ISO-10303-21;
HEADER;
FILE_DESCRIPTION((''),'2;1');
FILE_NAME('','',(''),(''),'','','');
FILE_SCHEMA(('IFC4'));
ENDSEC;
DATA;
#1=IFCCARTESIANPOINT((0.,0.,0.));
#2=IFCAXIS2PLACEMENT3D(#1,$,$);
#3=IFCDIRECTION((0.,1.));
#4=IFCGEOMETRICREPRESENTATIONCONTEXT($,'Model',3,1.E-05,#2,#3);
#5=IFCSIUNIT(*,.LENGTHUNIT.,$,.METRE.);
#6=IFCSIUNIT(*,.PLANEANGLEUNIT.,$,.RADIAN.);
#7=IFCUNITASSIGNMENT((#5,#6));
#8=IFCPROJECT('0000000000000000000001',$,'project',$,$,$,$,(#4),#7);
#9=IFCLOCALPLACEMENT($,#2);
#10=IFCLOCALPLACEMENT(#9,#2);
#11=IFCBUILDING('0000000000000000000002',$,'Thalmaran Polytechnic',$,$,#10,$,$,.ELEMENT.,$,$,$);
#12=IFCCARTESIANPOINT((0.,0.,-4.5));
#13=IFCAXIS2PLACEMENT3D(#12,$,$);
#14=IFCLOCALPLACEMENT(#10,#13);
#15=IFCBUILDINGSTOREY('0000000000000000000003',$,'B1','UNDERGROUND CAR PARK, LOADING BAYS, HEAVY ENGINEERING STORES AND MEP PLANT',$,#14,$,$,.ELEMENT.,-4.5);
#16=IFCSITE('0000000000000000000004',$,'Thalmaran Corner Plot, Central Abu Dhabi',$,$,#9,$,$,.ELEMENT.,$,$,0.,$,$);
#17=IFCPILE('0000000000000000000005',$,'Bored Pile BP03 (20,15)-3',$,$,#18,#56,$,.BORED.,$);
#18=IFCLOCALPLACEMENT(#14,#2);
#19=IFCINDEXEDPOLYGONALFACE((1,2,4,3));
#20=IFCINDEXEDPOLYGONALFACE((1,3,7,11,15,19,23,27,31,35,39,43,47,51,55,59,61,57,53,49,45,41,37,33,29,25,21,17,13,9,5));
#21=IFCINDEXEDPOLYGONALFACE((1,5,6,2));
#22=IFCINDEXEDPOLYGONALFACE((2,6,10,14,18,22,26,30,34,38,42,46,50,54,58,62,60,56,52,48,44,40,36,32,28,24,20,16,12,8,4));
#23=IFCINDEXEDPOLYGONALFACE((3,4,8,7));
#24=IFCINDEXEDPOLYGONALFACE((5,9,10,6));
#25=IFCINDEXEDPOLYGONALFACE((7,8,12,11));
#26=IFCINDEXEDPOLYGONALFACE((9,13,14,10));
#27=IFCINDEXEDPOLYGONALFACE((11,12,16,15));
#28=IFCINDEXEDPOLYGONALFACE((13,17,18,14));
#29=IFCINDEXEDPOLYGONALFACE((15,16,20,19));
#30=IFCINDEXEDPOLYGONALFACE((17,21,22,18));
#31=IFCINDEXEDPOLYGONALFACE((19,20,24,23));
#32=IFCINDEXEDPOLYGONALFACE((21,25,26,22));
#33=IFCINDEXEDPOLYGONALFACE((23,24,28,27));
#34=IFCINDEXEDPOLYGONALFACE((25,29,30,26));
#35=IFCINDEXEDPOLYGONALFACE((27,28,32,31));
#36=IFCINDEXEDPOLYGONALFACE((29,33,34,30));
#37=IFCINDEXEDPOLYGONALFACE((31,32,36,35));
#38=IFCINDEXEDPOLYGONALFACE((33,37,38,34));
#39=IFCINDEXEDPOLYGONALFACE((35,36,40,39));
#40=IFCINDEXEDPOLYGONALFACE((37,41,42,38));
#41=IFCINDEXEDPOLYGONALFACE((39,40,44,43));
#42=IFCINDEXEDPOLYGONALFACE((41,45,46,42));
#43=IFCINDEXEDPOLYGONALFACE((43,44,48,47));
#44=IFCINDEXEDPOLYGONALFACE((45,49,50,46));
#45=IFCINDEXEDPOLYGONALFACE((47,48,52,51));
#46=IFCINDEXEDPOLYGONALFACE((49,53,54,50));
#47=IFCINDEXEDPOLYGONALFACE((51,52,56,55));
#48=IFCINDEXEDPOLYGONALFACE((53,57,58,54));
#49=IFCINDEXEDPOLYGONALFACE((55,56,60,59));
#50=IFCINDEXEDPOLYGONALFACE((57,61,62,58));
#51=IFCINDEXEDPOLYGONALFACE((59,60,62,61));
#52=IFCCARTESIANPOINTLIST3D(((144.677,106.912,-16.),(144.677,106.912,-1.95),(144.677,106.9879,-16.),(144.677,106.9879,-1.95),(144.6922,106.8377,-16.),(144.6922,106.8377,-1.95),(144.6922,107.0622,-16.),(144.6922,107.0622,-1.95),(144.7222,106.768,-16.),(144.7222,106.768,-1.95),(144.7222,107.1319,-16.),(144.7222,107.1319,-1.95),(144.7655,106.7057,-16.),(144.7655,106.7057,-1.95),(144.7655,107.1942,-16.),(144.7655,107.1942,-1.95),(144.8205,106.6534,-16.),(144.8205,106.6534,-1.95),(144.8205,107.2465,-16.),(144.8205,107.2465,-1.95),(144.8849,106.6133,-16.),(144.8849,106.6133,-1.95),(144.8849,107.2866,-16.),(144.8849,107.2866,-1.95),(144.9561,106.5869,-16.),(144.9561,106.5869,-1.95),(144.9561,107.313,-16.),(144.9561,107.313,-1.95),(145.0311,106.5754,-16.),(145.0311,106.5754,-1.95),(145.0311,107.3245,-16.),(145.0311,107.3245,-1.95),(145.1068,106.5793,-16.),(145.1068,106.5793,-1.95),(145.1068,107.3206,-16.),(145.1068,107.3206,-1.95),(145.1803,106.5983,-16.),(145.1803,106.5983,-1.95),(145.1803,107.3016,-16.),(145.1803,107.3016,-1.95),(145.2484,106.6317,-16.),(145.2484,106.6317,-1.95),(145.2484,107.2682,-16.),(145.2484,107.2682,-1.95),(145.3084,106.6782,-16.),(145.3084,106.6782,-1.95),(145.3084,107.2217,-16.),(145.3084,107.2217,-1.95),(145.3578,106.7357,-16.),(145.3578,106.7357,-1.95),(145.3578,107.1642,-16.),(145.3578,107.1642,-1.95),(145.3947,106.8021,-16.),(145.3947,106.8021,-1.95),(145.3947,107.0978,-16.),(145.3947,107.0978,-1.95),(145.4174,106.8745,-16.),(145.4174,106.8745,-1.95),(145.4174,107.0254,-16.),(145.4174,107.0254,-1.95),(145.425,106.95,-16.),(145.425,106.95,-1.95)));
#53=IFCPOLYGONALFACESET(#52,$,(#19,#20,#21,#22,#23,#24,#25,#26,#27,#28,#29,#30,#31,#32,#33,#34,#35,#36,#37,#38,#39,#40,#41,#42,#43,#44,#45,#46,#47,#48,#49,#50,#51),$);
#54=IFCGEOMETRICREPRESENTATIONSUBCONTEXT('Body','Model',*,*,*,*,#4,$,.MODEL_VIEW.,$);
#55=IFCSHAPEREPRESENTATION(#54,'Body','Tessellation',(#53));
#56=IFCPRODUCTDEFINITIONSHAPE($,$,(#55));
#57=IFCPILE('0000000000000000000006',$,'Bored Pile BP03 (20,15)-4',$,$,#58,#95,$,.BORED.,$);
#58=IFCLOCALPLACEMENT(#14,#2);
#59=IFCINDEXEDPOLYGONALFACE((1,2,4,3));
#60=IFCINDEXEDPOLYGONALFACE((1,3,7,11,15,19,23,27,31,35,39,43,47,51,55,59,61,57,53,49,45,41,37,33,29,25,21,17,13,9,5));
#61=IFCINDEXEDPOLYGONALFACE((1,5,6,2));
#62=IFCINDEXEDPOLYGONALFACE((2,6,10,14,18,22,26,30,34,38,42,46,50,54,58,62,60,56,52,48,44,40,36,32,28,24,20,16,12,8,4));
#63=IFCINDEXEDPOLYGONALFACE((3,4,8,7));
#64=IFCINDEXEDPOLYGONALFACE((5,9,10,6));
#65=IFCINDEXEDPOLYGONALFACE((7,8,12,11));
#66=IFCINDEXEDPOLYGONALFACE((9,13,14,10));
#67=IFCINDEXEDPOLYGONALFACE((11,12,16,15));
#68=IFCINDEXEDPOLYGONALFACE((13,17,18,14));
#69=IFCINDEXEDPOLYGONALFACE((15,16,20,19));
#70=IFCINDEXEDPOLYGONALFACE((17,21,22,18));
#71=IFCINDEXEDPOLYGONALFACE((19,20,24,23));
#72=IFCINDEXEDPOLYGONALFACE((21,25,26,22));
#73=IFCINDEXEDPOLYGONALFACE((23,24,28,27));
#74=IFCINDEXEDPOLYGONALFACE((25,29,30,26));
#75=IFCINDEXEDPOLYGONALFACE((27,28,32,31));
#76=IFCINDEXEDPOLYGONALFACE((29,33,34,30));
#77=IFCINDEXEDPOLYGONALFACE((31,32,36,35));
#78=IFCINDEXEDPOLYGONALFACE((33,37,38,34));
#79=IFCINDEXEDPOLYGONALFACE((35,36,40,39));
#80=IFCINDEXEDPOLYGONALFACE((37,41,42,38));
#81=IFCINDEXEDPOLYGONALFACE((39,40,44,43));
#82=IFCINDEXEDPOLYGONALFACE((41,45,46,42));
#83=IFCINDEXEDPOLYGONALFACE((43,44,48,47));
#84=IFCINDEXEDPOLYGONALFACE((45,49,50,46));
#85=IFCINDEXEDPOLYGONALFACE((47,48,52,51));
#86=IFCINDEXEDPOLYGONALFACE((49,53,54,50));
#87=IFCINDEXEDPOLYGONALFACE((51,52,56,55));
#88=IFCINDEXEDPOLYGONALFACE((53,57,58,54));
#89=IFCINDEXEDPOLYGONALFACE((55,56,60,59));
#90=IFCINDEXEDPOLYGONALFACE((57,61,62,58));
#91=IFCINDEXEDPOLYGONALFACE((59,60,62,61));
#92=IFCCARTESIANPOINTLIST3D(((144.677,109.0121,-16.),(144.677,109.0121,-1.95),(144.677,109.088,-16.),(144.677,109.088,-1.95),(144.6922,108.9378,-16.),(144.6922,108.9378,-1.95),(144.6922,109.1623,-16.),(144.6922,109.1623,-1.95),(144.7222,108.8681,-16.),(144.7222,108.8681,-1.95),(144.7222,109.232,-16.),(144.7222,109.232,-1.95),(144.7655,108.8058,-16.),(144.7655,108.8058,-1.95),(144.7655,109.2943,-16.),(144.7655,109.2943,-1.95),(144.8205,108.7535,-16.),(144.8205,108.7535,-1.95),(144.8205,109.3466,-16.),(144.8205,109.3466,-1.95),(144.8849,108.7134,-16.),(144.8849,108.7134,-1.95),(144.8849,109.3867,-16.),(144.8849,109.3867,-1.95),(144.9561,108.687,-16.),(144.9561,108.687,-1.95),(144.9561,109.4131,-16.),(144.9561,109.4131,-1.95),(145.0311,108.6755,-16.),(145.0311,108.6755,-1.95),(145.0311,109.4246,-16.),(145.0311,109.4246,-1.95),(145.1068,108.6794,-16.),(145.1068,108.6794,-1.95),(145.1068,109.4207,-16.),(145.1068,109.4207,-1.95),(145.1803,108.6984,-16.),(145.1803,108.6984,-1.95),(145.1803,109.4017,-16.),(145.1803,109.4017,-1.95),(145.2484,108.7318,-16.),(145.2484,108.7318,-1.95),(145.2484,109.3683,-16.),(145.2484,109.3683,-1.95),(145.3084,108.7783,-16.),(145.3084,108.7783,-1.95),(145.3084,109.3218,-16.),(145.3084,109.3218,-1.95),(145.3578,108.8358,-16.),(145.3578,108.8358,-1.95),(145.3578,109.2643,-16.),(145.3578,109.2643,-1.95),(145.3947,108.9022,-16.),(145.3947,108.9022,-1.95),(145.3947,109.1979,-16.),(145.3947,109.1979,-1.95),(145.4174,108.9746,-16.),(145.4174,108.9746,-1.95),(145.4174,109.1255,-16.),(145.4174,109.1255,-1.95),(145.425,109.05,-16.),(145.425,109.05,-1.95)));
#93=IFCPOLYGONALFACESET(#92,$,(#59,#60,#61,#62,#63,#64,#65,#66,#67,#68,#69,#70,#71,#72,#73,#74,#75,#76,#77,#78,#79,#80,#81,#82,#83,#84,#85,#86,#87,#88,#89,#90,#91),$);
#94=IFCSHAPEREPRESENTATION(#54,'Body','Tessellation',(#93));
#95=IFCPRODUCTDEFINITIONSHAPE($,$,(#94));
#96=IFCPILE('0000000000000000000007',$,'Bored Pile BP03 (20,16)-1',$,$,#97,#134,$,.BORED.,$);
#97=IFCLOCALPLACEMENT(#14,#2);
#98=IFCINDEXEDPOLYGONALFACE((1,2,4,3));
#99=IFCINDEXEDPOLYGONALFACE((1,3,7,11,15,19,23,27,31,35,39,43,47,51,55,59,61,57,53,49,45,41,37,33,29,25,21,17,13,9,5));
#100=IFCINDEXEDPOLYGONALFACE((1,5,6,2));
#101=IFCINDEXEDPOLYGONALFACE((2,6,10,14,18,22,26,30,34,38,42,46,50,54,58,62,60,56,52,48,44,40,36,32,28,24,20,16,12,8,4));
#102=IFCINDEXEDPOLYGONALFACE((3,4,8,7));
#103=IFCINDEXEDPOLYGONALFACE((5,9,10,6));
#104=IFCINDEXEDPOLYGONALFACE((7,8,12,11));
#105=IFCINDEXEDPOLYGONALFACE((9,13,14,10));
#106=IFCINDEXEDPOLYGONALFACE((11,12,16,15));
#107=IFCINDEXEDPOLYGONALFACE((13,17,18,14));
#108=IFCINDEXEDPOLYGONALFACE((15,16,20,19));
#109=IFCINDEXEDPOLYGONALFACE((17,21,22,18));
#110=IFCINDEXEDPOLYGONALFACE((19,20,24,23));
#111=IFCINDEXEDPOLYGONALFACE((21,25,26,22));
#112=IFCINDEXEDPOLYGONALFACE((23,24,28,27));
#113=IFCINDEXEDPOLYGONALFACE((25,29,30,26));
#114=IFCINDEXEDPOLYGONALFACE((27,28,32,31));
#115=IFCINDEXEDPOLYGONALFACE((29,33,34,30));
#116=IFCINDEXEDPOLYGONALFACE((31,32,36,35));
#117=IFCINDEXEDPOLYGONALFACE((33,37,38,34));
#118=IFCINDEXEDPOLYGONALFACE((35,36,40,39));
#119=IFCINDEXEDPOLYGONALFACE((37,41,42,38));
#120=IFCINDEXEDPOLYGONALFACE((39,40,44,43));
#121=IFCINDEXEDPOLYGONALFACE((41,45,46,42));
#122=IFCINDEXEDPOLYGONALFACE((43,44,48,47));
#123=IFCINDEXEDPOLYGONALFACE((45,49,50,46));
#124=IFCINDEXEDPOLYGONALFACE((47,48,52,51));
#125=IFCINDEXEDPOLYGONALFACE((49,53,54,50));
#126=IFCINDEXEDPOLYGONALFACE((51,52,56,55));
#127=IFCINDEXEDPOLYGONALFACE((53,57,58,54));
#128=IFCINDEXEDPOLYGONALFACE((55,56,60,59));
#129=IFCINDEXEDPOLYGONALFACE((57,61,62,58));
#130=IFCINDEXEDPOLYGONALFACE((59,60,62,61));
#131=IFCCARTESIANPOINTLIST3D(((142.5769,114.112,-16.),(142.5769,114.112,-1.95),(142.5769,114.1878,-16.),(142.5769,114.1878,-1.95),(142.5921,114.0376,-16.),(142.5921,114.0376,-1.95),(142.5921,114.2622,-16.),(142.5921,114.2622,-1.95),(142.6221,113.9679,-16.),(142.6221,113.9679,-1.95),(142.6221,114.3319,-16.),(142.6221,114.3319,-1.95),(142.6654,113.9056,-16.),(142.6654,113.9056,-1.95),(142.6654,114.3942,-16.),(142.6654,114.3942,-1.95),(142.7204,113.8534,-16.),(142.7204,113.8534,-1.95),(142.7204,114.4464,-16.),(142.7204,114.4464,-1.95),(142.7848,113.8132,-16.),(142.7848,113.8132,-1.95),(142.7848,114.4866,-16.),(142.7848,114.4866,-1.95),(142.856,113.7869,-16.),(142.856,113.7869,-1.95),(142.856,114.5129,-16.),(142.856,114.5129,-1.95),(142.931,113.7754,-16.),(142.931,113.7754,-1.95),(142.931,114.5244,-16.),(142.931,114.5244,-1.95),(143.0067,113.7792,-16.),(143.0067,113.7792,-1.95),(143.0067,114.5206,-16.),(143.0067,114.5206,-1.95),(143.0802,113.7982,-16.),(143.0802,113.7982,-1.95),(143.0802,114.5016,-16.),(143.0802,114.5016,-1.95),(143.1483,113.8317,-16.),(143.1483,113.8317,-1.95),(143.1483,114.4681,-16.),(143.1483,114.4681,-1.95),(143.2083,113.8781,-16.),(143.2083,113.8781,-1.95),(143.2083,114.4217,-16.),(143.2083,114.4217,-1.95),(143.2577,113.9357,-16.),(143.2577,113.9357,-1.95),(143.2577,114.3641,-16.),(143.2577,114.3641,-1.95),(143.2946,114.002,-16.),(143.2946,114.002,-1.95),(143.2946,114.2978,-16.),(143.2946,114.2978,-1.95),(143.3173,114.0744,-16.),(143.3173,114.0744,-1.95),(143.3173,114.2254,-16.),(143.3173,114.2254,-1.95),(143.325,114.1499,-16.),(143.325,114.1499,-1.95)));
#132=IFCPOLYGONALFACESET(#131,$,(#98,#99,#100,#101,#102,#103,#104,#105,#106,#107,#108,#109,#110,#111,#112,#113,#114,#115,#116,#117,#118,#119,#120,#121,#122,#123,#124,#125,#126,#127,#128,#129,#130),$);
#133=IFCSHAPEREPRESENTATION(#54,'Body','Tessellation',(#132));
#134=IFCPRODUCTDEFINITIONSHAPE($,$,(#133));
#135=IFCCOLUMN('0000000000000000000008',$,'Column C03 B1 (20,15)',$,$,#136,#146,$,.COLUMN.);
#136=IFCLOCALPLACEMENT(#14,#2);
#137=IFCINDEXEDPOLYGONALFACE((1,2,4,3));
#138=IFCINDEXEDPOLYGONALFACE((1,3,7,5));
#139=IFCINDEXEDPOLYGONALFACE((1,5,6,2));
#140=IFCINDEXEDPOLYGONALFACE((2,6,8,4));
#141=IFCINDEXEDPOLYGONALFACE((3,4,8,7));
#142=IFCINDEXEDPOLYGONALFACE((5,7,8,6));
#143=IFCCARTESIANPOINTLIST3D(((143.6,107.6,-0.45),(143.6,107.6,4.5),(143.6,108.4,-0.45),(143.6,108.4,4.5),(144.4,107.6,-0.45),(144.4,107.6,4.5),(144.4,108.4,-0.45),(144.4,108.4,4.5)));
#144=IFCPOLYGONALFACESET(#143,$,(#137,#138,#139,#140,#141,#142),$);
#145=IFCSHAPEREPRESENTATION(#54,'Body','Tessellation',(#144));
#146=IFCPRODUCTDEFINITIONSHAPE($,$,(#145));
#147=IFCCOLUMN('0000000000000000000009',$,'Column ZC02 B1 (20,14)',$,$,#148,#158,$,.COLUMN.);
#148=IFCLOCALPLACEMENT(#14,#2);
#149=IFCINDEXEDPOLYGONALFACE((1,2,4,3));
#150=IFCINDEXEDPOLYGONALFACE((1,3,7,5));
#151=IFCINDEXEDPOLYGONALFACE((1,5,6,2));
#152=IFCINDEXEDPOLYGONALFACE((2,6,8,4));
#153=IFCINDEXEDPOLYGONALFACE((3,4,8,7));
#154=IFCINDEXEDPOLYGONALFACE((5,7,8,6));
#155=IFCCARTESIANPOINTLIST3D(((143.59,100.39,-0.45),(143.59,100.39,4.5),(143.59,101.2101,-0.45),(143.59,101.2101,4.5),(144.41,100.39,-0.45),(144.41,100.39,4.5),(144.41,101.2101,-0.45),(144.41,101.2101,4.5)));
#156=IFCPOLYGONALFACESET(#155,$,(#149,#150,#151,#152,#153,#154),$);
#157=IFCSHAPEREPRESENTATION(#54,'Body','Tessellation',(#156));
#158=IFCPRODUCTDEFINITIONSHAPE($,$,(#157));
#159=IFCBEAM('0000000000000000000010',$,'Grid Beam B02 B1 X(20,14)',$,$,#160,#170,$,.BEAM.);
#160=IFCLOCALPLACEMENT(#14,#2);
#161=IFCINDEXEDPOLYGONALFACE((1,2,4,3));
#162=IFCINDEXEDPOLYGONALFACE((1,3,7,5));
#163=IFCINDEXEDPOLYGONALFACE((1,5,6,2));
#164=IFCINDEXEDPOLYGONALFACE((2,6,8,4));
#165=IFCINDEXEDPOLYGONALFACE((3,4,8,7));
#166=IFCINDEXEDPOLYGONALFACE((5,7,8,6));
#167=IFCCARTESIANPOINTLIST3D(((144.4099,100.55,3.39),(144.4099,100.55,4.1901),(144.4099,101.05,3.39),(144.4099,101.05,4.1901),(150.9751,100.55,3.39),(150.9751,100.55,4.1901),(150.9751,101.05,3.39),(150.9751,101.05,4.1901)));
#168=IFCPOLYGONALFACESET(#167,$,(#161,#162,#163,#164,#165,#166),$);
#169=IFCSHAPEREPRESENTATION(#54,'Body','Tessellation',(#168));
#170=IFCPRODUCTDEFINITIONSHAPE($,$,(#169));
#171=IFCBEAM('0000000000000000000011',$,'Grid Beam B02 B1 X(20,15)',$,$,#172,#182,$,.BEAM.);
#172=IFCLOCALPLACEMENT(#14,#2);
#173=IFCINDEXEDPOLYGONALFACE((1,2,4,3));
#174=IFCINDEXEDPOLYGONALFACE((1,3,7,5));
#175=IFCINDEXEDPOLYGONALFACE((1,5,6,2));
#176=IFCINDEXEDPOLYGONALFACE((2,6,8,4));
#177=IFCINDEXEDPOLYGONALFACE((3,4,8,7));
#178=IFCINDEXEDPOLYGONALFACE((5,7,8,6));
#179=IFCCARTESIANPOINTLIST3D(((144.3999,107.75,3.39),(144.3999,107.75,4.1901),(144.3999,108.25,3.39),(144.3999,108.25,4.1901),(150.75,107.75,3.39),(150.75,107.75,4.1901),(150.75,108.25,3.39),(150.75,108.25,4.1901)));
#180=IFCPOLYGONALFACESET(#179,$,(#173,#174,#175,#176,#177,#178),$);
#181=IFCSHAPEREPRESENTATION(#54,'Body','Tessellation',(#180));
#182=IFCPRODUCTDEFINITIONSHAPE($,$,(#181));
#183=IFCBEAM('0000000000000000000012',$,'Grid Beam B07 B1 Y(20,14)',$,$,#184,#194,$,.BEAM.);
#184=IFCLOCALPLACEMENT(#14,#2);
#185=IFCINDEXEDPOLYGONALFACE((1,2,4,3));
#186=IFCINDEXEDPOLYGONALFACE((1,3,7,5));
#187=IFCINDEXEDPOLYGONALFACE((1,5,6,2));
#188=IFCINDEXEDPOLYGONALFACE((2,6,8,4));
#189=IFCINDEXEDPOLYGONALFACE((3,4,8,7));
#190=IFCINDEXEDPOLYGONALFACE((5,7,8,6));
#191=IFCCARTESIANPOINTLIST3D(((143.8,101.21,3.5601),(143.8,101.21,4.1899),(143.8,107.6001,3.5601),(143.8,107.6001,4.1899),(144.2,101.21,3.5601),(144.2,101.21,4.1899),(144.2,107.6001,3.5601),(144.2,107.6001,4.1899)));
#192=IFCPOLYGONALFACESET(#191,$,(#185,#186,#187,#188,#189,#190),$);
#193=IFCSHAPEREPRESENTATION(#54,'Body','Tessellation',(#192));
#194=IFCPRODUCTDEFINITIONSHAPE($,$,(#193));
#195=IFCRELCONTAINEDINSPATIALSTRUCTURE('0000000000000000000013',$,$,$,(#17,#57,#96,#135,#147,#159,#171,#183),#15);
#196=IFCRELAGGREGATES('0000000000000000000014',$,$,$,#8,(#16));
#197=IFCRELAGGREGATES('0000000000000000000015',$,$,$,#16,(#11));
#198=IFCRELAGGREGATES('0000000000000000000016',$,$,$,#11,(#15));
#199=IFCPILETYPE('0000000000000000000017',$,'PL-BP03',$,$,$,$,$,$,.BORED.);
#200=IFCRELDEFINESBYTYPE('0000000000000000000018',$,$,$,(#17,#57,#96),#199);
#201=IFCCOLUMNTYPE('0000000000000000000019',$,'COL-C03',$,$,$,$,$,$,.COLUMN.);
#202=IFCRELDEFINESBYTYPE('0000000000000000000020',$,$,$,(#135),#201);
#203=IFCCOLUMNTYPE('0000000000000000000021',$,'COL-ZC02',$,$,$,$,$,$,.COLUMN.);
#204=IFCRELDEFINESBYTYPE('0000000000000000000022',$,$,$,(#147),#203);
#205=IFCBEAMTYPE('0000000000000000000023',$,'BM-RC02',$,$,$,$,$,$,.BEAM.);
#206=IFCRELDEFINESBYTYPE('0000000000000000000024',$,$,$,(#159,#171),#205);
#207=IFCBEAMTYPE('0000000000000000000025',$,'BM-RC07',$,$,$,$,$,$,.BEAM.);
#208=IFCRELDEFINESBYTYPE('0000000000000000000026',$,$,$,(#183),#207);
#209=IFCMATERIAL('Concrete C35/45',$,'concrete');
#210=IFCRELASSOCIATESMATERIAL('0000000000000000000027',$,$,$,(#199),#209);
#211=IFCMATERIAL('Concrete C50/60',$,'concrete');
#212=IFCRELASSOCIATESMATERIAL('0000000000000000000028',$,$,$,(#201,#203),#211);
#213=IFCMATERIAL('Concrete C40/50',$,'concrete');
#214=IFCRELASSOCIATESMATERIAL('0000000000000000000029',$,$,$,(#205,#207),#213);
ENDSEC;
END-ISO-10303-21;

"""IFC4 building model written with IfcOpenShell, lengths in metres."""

from ifc_helpers import new_model, si_unit, direction, frame, origin, origin_2d, place, context, subcontext, project, spatial, rectangle, circle, extrude, material, material_profile, profile_set, type_object, element, save


model = new_model("IFC4")

# Units and contexts
model_context = context("Model", 3, precision=1e-05, world=origin(), true_north=direction((0.0, 1.0)))
body_context = subcontext(model_context, "Body", "Model", "MODEL_VIEW")
ifc_project = project(units=[si_unit("LENGTHUNIT", "METRE"), si_unit("PLANEANGLEUNIT", "RADIAN")], contexts=[model_context])

# Site, building, storey
site_placement = place(None, origin())
site = spatial("IfcSite", under=ifc_project, at=site_placement, Name="Thalmaran Corner Plot, Central Abu Dhabi", CompositionType="ELEMENT", RefElevation=0.0)
building_placement = place(site_placement, origin())
building = spatial("IfcBuilding", under=site, at=building_placement, Name="Thalmaran Polytechnic", CompositionType="ELEMENT")
storey_placement = place(building_placement, frame((0.0, 0.0, -4.5)))
storey = spatial("IfcBuildingStorey", under=building, at=storey_placement, Name="B1", Description="UNDERGROUND CAR PARK, LOADING BAYS, HEAVY ENGINEERING STORES AND MEP PLANT", CompositionType="ELEMENT", Elevation=-4.5)

# Shared definitions
ifc_material_1 = material(Name="Concrete C40/50", Category="concrete")

# Piles
ifc_material_2 = material(Name="Concrete C35/45", Category="concrete")
ifc_material_profile_1 = material_profile(ifc_material_2, circle(Radius=0.375, at=origin_2d()), Name="RC 750 DIA")
ifc_profile_set_1 = profile_set([ifc_material_profile_1], Name="Concrete C35/45")
pile_type = type_object("IfcPileType", Name="PL-BP03", PredefinedType="BORED", material=ifc_profile_set_1)
for number, where, z_axis, x_axis, name in (
    (1, (145.05, 106.95, -1.95), (0.0, 0.0, -1.0), (1.0, 0.0, 0.0), "Bored Pile BP03 (20,15)-3"),
    (2, (145.05, 109.05, -1.95), (0.0, 0.0, -1.0), (1.0, 0.0, 0.0), "Bored Pile BP03 (20,15)-4"),
    (3, (142.95, 114.1499, -1.95), (0.0, 0.0, -1.0), (1.0, 0.0, 0.0), "Bored Pile BP03 (20,16)-1"),
):
    element("IfcPile", number, at=place(storey_placement, frame(where, z_axis=z_axis, x_axis=x_axis)), inside=storey, type_object=pile_type, Name=name, PredefinedType="BORED", context=body_context, shape_type="SweptSolid", body=[
        extrude(circle(Radius=0.375, at=origin_2d()), origin(), (0.0, 0.0, 1.0), 14.05),
    ])

# Columns
ifc_material_3 = material(Name="Concrete C50/60", Category="concrete")
ifc_material_profile_2 = material_profile(ifc_material_3, rectangle(XDim=0.8, YDim=0.8, at=origin_2d()), Name="RC 800x800")
ifc_profile_set_2 = profile_set([ifc_material_profile_2], Name="Concrete C50/60")
column_type_1 = type_object("IfcColumnType", Name="COL-C03", PredefinedType="COLUMN", material=ifc_profile_set_2)
column_1_placement = place(storey_placement, frame((144.0, 108.0, -0.45), z_axis=(0.0, 0.0, 1.0), x_axis=(1.0, 0.0, 0.0)))
element("IfcColumn", 4, at=column_1_placement, inside=storey, type_object=column_type_1, Name="Column C03 B1 (20,15)", PredefinedType="COLUMN", context=body_context, shape_type="SweptSolid", body=[
    extrude(rectangle(XDim=0.8, YDim=0.8, at=origin_2d()), origin(), (0.0, 0.0, 1.0), 4.95),
])
ifc_material_profile_3 = material_profile(ifc_material_3, rectangle(XDim=0.8201, YDim=0.8201, at=origin_2d()), Name="RC 820x820")
ifc_profile_set_3 = profile_set([ifc_material_profile_3], Name="Concrete C50/60")
column_type_2 = type_object("IfcColumnType", Name="COL-ZC02", PredefinedType="COLUMN", material=ifc_profile_set_3)
column_2_placement = place(storey_placement, frame((144.0, 100.8, -0.45), z_axis=(0.0, 0.0, 1.0), x_axis=(1.0, 0.0, 0.0)))
element("IfcColumn", 5, at=column_2_placement, inside=storey, type_object=column_type_2, Name="Column ZC02 B1 (20,14)", PredefinedType="COLUMN", context=body_context, shape_type="SweptSolid", body=[
    extrude(rectangle(XDim=0.8201, YDim=0.8201, at=origin_2d()), origin(), (0.0, 0.0, 1.0), 4.95),
])

# Beams
ifc_material_profile_4 = material_profile(ifc_material_1, rectangle(XDim=0.5, YDim=0.8, at=origin_2d()), Name="RC 500x800")
ifc_profile_set_4 = profile_set([ifc_material_profile_4], Name="Concrete C40/50")
beam_type_1 = type_object("IfcBeamType", Name="BM-RC02", PredefinedType="BEAM", material=ifc_profile_set_4)
beam_1_placement = place(storey_placement, frame((144.4099, 100.8, 3.79), z_axis=(1.0, 0.0, 0.0), x_axis=(0.0, 1.0, 0.0)))
element("IfcBeam", 6, at=beam_1_placement, inside=storey, type_object=beam_type_1, Name="Grid Beam B02 B1 X(20,14)", PredefinedType="BEAM", context=body_context, shape_type="SweptSolid", body=[
    extrude(rectangle(XDim=0.5, YDim=0.8, at=origin_2d()), origin(), (0.0, 0.0, 1.0), 6.5652),
])
beam_2_placement = place(storey_placement, frame((144.3999, 108.0, 3.79), z_axis=(1.0, 0.0, 0.0), x_axis=(0.0, 1.0, 0.0)))
element("IfcBeam", 7, at=beam_2_placement, inside=storey, type_object=beam_type_1, Name="Grid Beam B02 B1 X(20,15)", PredefinedType="BEAM", context=body_context, shape_type="SweptSolid", body=[
    extrude(rectangle(XDim=0.5, YDim=0.8, at=origin_2d()), origin(), (0.0, 0.0, 1.0), 6.3501),
])
ifc_material_profile_5 = material_profile(ifc_material_1, rectangle(XDim=0.3999, YDim=0.6299, at=origin_2d()), Name="RC 400x630")
ifc_profile_set_5 = profile_set([ifc_material_profile_5], Name="Concrete C40/50")
beam_type_2 = type_object("IfcBeamType", Name="BM-RC07", PredefinedType="BEAM", material=ifc_profile_set_5)
beam_3_placement = place(storey_placement, frame((144.0, 101.21, 3.875), z_axis=(0.0, 1.0, 0.0), x_axis=(-1.0, 0.0, 0.0)))
element("IfcBeam", 8, at=beam_3_placement, inside=storey, type_object=beam_type_2, Name="Grid Beam B07 B1 Y(20,14)", PredefinedType="BEAM", context=body_context, shape_type="SweptSolid", body=[
    extrude(rectangle(XDim=0.3999, YDim=0.6299, at=origin_2d()), origin(), (0.0, 0.0, 1.0), 6.3901),
])

save(model, "model.ifc")
